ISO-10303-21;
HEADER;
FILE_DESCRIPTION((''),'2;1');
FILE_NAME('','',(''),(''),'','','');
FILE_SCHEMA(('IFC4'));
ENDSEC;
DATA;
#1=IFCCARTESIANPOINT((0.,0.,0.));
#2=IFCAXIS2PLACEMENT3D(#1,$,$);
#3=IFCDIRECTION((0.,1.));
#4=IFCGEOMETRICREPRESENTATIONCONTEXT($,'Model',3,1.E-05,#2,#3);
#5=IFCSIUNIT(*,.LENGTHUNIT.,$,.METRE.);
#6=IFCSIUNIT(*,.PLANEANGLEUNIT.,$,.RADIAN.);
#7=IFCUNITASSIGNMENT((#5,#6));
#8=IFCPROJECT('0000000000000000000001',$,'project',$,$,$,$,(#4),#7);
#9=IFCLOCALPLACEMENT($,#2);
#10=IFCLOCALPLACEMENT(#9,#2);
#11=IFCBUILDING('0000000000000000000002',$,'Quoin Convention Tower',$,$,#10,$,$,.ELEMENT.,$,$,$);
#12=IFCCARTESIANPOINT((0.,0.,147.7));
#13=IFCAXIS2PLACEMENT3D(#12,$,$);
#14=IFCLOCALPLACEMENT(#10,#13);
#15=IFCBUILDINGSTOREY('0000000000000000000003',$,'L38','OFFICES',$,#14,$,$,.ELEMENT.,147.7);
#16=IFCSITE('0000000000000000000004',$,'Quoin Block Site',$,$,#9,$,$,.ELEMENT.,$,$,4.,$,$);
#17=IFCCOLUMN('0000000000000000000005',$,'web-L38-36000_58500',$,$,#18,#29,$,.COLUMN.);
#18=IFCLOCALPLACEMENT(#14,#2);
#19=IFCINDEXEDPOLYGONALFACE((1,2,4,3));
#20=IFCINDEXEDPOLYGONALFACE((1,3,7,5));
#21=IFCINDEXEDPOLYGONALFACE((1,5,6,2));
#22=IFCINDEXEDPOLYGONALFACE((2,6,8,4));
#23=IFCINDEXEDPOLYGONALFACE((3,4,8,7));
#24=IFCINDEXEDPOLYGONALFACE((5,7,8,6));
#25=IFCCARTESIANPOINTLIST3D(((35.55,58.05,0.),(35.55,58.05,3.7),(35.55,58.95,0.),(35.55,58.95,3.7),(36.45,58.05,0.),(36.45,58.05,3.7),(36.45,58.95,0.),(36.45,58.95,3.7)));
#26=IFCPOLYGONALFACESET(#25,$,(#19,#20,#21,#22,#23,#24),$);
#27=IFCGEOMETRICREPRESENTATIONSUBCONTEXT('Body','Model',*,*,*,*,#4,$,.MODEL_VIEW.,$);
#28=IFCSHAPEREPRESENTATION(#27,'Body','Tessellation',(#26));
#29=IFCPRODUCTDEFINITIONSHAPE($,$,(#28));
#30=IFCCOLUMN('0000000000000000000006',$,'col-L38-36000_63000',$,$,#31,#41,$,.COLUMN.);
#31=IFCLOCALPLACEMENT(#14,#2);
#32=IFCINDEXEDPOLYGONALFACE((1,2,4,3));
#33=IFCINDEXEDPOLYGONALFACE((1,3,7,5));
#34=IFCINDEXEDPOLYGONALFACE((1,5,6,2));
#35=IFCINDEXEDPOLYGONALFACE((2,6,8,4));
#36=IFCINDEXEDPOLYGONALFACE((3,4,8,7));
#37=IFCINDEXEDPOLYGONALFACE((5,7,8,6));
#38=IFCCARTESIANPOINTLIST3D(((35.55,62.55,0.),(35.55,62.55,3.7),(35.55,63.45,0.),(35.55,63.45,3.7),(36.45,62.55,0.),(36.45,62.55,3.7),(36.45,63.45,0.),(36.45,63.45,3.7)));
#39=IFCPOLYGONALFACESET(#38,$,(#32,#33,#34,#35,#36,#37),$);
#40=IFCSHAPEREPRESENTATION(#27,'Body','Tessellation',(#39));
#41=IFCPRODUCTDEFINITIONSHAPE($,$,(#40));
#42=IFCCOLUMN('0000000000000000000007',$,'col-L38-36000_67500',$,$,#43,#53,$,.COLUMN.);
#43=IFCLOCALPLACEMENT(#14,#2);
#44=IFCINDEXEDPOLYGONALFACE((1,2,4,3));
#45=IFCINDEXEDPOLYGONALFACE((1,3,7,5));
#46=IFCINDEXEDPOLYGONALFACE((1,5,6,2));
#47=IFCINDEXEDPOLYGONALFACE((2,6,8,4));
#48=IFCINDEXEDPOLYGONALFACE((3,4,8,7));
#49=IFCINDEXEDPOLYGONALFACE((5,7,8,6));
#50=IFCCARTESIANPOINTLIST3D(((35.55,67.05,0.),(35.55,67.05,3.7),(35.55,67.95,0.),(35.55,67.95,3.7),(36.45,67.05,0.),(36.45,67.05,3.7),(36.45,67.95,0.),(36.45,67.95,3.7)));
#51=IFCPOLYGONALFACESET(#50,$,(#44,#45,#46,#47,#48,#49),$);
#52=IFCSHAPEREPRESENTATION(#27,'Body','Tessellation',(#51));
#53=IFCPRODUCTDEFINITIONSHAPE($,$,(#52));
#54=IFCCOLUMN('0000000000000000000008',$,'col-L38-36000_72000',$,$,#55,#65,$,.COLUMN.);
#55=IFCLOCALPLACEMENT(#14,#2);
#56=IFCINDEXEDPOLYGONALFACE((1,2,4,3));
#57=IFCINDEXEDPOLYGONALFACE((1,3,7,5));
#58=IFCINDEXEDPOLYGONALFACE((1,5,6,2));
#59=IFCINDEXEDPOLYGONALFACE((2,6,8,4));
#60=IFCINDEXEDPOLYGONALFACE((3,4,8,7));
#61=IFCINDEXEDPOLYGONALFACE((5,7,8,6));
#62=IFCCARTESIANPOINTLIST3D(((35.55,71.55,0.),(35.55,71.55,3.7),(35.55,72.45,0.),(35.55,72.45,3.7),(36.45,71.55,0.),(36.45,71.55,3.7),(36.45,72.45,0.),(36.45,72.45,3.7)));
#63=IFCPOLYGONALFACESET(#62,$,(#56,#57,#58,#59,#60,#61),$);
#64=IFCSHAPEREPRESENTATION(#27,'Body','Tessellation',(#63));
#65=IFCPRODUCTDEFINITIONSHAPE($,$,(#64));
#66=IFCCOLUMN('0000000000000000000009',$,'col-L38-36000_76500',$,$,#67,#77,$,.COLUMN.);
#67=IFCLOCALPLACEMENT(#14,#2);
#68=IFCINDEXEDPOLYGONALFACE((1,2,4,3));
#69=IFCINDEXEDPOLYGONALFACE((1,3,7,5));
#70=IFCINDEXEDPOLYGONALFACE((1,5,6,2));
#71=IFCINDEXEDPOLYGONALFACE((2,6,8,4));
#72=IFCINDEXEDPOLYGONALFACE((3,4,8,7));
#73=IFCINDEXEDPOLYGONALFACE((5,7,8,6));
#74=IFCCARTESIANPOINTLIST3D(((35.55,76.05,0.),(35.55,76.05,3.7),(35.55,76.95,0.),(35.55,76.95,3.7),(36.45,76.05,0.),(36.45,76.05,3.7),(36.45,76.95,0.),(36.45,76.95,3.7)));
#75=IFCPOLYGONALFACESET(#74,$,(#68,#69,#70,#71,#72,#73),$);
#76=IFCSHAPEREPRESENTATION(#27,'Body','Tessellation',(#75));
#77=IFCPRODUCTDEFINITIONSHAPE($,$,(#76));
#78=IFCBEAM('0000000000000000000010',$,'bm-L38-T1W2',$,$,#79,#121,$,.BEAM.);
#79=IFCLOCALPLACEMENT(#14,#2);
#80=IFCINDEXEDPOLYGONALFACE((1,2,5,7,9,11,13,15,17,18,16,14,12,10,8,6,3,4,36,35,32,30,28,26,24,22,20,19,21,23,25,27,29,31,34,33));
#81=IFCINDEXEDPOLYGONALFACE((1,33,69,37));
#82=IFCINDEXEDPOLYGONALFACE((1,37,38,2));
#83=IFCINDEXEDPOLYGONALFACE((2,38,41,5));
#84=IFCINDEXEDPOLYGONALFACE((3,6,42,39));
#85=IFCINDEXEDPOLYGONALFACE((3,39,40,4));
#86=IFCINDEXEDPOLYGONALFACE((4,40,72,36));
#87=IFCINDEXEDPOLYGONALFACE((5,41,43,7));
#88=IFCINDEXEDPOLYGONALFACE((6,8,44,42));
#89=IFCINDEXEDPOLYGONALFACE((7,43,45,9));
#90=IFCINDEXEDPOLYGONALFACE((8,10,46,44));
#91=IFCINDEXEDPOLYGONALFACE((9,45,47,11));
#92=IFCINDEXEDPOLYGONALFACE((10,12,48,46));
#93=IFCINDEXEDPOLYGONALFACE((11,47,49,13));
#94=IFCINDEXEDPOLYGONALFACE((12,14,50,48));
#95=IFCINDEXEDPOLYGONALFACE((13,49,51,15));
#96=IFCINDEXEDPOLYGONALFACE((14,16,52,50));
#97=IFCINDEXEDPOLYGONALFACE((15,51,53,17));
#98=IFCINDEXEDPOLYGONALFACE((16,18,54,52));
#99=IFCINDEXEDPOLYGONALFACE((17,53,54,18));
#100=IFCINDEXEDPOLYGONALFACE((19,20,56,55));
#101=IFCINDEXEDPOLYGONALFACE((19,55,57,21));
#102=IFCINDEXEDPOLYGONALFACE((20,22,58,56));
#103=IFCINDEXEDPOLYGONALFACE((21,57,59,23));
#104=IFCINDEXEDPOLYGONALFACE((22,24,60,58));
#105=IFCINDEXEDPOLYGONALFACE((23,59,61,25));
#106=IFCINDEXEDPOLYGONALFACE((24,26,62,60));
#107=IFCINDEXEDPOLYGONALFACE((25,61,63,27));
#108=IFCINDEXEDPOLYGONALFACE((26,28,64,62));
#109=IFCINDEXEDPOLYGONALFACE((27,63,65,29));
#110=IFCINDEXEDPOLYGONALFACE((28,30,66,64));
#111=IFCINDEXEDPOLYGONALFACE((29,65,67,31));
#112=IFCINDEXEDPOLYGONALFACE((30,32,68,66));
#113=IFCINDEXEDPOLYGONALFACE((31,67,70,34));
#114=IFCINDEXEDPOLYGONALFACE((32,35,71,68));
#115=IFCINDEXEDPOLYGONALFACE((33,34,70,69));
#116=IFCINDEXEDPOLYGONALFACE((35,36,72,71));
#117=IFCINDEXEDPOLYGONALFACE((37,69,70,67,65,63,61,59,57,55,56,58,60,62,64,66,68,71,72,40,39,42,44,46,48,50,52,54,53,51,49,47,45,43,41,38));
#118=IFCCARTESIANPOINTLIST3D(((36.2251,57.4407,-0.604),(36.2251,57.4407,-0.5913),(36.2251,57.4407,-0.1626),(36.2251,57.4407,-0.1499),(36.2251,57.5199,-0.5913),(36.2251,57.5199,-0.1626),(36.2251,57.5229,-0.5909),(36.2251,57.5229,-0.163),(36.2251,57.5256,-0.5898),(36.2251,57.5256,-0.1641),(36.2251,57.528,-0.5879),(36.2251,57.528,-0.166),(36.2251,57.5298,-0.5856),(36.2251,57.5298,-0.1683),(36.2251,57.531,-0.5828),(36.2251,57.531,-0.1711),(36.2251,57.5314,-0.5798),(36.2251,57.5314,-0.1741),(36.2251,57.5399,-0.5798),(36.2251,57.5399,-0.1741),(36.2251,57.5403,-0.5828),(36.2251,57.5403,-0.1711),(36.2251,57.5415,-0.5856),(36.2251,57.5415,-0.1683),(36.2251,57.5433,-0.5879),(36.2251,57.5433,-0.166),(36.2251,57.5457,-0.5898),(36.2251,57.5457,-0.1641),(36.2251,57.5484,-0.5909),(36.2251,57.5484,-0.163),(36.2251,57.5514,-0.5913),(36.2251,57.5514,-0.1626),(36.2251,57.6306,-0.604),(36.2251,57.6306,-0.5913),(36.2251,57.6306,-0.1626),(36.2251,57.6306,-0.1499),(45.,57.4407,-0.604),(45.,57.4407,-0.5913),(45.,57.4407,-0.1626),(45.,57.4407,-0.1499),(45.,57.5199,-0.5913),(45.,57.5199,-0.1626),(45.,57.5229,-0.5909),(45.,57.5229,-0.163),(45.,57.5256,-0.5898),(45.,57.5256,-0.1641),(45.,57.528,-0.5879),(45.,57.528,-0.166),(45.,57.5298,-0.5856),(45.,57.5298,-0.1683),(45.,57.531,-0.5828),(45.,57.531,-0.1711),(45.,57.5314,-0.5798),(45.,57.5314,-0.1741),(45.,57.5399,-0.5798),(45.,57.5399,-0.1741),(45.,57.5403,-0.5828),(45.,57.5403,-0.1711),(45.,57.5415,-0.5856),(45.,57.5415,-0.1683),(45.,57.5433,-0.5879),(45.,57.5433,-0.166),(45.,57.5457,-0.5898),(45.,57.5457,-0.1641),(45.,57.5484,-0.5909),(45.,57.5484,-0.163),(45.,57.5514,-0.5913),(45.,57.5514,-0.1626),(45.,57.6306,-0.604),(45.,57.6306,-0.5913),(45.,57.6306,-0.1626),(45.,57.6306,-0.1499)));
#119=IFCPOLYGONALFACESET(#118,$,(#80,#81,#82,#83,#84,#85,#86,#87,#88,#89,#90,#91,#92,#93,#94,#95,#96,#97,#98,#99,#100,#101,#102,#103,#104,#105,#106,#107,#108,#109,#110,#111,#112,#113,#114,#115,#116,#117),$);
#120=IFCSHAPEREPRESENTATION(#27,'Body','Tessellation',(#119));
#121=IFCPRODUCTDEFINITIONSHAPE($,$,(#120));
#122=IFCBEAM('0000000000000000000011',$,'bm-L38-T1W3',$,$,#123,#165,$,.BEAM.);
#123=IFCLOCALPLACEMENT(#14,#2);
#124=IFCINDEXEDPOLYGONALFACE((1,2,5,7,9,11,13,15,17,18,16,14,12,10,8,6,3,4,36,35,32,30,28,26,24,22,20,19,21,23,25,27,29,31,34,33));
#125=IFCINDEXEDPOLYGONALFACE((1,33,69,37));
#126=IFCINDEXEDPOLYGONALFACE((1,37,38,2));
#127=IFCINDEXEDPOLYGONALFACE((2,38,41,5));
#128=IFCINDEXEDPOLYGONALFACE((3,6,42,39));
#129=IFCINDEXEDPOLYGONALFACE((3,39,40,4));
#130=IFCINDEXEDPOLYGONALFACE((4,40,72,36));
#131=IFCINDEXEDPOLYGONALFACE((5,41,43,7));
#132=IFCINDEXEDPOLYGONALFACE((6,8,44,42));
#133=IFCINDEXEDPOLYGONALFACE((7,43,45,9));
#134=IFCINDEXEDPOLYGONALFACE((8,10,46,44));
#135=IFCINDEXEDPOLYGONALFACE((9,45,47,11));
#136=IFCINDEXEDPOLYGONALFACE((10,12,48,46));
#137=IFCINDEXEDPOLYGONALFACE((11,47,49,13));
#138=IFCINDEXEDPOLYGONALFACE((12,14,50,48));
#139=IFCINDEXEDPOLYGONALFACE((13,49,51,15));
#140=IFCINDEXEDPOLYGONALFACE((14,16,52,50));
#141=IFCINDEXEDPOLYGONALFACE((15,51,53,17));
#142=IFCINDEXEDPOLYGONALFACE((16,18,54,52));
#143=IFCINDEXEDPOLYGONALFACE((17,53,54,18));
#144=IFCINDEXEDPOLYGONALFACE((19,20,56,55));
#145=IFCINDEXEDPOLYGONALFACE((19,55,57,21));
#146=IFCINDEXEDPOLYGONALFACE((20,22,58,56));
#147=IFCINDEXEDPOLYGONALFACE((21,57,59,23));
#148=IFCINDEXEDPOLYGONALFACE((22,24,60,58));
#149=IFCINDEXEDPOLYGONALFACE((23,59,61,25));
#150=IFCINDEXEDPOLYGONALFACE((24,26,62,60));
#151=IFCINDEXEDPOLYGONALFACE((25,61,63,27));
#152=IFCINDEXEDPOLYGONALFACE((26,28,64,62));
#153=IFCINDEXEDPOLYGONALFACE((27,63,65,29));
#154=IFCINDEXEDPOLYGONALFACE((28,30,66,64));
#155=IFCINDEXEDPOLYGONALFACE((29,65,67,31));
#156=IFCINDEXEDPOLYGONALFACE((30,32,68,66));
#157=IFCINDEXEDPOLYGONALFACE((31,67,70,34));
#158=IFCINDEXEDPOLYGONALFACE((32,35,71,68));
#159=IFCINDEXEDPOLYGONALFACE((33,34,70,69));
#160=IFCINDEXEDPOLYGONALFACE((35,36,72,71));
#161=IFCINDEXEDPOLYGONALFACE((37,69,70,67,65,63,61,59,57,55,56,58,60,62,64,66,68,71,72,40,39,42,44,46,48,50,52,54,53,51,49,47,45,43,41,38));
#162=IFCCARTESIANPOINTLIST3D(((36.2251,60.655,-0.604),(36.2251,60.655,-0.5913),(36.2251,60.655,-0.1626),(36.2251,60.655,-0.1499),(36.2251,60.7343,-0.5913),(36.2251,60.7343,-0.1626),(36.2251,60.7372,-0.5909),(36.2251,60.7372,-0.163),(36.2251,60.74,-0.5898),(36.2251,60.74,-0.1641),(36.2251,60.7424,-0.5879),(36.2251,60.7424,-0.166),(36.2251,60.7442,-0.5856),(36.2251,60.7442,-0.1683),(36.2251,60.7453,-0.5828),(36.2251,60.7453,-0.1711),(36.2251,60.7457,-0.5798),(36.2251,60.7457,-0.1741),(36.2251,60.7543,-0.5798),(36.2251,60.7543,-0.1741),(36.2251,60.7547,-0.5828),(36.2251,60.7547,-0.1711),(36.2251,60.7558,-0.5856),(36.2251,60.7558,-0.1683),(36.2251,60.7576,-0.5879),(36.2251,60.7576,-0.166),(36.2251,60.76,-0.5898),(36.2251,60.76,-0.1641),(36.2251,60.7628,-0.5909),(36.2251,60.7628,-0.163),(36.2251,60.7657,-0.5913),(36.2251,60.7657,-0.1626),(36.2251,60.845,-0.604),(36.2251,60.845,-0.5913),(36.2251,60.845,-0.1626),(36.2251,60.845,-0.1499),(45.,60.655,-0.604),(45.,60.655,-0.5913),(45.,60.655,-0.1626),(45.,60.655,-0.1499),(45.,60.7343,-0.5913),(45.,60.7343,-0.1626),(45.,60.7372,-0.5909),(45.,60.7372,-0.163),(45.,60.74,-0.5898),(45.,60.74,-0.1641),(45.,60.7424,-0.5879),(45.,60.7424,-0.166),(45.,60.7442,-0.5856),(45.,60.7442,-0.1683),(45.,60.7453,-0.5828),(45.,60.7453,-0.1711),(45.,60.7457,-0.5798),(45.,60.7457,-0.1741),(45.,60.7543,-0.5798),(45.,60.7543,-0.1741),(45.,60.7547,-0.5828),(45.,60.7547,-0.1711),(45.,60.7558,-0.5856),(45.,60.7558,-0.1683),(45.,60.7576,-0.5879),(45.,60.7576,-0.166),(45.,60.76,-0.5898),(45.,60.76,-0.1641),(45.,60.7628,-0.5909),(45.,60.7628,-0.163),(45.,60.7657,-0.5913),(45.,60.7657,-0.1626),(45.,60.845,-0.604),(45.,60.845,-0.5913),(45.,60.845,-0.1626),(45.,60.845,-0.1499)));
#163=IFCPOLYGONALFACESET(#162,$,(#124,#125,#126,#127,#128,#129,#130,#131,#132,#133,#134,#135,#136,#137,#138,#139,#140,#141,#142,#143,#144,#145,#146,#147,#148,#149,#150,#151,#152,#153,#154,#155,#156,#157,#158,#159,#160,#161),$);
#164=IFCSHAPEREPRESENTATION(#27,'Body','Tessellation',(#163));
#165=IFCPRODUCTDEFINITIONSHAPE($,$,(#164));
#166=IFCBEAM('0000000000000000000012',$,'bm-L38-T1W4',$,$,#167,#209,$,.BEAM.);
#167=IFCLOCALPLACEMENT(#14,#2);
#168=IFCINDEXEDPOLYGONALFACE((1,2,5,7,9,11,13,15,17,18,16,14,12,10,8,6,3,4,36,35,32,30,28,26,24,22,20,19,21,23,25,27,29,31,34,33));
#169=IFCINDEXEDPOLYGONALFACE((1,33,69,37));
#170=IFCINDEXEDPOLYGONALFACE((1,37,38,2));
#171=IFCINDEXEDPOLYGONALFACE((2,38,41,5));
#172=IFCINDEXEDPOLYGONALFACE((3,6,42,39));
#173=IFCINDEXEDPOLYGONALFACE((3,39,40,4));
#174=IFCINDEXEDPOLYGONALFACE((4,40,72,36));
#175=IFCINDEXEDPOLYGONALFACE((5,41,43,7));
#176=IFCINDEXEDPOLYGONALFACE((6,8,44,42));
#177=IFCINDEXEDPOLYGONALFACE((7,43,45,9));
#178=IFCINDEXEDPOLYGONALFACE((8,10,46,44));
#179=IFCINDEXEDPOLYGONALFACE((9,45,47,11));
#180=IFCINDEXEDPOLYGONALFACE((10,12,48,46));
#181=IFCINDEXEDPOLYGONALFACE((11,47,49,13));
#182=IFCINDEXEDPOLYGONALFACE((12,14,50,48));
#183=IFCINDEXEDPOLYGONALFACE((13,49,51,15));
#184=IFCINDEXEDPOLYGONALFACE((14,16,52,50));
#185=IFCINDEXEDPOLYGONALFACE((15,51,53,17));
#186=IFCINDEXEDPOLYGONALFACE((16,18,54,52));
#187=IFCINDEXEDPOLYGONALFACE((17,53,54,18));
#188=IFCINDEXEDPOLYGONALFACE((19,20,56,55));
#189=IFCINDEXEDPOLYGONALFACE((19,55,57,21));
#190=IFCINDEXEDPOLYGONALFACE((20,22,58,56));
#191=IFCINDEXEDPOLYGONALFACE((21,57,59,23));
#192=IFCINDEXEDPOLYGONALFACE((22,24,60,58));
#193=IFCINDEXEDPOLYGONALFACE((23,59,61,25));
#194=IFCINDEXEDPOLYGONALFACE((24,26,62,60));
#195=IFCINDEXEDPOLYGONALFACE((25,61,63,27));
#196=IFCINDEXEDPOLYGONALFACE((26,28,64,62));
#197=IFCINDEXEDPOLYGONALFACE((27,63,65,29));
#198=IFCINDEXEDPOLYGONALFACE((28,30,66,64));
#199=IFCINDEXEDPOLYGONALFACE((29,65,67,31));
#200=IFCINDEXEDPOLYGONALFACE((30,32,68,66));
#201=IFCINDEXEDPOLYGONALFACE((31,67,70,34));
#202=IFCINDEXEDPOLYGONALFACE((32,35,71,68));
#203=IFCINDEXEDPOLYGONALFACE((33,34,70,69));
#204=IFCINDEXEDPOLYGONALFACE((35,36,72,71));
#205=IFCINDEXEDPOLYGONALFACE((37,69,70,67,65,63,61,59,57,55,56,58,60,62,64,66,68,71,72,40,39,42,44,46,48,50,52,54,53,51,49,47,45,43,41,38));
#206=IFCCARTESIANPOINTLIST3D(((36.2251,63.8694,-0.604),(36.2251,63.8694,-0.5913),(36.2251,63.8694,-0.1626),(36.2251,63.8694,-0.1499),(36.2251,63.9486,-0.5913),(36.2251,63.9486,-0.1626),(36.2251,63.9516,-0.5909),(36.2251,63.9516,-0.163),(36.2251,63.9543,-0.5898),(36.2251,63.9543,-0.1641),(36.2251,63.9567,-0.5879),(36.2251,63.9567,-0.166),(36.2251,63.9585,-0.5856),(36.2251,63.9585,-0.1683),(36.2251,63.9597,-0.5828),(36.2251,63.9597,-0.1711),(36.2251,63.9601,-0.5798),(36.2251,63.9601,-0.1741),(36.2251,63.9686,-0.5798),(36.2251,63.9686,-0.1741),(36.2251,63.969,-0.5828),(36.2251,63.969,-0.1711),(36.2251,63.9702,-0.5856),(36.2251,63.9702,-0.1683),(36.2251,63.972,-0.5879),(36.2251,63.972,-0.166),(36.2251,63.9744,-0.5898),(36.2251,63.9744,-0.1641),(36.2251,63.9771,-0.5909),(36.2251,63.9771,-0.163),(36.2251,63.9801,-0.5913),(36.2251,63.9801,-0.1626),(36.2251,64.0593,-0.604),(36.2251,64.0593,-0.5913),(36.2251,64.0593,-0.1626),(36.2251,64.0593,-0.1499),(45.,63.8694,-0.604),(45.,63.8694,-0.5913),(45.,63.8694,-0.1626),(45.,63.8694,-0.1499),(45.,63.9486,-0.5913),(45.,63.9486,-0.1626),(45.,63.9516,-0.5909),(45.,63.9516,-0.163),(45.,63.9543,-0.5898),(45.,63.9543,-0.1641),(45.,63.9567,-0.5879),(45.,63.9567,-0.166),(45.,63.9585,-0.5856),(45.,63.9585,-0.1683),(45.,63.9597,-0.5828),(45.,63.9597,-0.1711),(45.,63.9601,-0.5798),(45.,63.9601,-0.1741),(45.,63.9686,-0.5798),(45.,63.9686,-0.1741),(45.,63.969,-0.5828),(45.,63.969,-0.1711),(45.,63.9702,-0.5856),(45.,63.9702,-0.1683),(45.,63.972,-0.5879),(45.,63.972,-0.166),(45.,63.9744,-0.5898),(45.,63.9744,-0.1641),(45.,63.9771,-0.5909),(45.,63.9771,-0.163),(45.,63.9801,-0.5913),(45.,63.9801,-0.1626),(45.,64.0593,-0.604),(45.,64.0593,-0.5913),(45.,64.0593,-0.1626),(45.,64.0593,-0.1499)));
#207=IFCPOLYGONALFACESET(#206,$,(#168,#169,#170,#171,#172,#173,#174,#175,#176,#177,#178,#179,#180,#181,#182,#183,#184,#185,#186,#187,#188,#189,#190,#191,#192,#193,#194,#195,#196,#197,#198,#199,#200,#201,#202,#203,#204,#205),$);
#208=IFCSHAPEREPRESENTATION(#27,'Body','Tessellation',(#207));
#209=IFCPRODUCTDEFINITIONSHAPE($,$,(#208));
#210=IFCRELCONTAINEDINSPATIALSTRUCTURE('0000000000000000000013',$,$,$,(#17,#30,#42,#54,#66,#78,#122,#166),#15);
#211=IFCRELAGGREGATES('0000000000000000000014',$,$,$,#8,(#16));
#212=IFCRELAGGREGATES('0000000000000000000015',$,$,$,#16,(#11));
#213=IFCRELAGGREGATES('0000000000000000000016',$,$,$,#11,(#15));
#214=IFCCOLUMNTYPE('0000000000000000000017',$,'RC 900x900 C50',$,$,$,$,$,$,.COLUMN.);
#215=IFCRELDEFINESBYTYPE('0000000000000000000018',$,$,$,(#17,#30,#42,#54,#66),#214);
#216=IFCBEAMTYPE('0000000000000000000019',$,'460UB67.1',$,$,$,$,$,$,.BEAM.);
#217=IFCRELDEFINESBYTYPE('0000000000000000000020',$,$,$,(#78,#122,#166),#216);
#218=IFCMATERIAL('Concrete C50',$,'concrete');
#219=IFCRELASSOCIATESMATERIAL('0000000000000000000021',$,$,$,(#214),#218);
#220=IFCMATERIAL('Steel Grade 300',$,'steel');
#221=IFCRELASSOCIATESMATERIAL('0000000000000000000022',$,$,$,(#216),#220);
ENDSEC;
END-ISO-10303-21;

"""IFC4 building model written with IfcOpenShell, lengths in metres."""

from ifc_helpers import new_model, si_unit, direction, frame, origin, origin_2d, place, context, subcontext, project, spatial, rectangle, i_section, extrude, material, material_profile, profile_set, type_object, element, save


model = new_model("IFC4")

# Units and contexts
model_context = context("Model", 3, precision=1e-05, world=origin(), true_north=direction((0.0, 1.0)))
body_context = subcontext(model_context, "Body", "Model", "MODEL_VIEW")
ifc_project = project(units=[si_unit("LENGTHUNIT", "METRE"), si_unit("PLANEANGLEUNIT", "RADIAN")], contexts=[model_context])

# Site, building, storey
site_placement = place(None, origin())
site = spatial("IfcSite", under=ifc_project, at=site_placement, Name="Quoin Block Site", CompositionType="ELEMENT", RefElevation=4.0)
building_placement = place(site_placement, origin())
building = spatial("IfcBuilding", under=site, at=building_placement, Name="Quoin Convention Tower", CompositionType="ELEMENT")
storey_placement = place(building_placement, frame((0.0, 0.0, 147.7)))
storey = spatial("IfcBuildingStorey", under=building, at=storey_placement, Name="L38", Description="OFFICES", CompositionType="ELEMENT", Elevation=147.7)

# Columns
ifc_material_1 = material(Name="Concrete C50", Category="concrete")
ifc_material_profile_1 = material_profile(ifc_material_1, rectangle(XDim=0.8999, YDim=0.8999, at=origin_2d()), Name="RC 900x900")
ifc_profile_set_1 = profile_set([ifc_material_profile_1], Name="Concrete C50")
column_type = type_object("IfcColumnType", Name="RC 900x900 C50", PredefinedType="COLUMN", material=ifc_profile_set_1)
for number, where, z_axis, x_axis, name in (
    (1, (36.0, 58.5, 0.0), (0.0, 0.0, 1.0), (1.0, 0.0, 0.0), "web-L38-36000_58500"),
    (2, (36.0, 63.0, 0.0), (0.0, 0.0, 1.0), (1.0, 0.0, 0.0), "col-L38-36000_63000"),
    (3, (36.0, 67.5, 0.0), (0.0, 0.0, 1.0), (1.0, 0.0, 0.0), "col-L38-36000_67500"),
    (4, (36.0, 72.0, 0.0), (0.0, 0.0, 1.0), (1.0, 0.0, 0.0), "col-L38-36000_72000"),
    (5, (36.0, 76.5, 0.0), (0.0, 0.0, 1.0), (1.0, 0.0, 0.0), "col-L38-36000_76500"),
):
    element("IfcColumn", number, at=place(storey_placement, frame(where, z_axis=z_axis, x_axis=x_axis)), inside=storey, type_object=column_type, Name=name, PredefinedType="COLUMN", context=body_context, shape_type="SweptSolid", body=[
        extrude(rectangle(XDim=0.8999, YDim=0.8999, at=origin_2d()), origin(), (0.0, 0.0, 1.0), 3.7),
    ])

# Beams
ifc_material_2 = material(Name="Steel Grade 300", Category="steel")
ifc_material_profile_2 = material_profile(ifc_material_2, i_section(OverallWidth=0.1899, OverallDepth=0.4541, WebThickness=0.0085, FlangeThickness=0.0127, FilletRadius=0.0115, at=origin_2d()), Name="460UB67.1")
ifc_profile_set_2 = profile_set([ifc_material_profile_2], Name="Steel Grade 300")
beam_type_1 = type_object("IfcBeamType", Name="460UB67.1", PredefinedType="BEAM", material=ifc_profile_set_2)
for number, where, z_axis, x_axis, name in (
    (6, (36.2251, 57.5356, -0.377), (1.0, 0.0, 0.0), (0.0, 1.0, 0.0), "bm-L38-T1W2"),
    (7, (36.2251, 60.75, -0.377), (1.0, 0.0, 0.0), (0.0, 1.0, 0.0), "bm-L38-T1W3"),
    (8, (36.2251, 63.9644, -0.377), (1.0, 0.0, 0.0), (0.0, 1.0, 0.0), "bm-L38-T1W4"),
):
    element("IfcBeam", number, at=place(storey_placement, frame(where, z_axis=z_axis, x_axis=x_axis)), inside=storey, type_object=beam_type_1, Name=name, PredefinedType="BEAM", context=body_context, shape_type="SweptSolid", body=[
        extrude(i_section(OverallWidth=0.1899, OverallDepth=0.4541, WebThickness=0.0085, FlangeThickness=0.0127, FilletRadius=0.0115, at=origin_2d()), origin(), (0.0, 0.0, 1.0), 8.7749),
    ])

save(model, "model.ifc")
